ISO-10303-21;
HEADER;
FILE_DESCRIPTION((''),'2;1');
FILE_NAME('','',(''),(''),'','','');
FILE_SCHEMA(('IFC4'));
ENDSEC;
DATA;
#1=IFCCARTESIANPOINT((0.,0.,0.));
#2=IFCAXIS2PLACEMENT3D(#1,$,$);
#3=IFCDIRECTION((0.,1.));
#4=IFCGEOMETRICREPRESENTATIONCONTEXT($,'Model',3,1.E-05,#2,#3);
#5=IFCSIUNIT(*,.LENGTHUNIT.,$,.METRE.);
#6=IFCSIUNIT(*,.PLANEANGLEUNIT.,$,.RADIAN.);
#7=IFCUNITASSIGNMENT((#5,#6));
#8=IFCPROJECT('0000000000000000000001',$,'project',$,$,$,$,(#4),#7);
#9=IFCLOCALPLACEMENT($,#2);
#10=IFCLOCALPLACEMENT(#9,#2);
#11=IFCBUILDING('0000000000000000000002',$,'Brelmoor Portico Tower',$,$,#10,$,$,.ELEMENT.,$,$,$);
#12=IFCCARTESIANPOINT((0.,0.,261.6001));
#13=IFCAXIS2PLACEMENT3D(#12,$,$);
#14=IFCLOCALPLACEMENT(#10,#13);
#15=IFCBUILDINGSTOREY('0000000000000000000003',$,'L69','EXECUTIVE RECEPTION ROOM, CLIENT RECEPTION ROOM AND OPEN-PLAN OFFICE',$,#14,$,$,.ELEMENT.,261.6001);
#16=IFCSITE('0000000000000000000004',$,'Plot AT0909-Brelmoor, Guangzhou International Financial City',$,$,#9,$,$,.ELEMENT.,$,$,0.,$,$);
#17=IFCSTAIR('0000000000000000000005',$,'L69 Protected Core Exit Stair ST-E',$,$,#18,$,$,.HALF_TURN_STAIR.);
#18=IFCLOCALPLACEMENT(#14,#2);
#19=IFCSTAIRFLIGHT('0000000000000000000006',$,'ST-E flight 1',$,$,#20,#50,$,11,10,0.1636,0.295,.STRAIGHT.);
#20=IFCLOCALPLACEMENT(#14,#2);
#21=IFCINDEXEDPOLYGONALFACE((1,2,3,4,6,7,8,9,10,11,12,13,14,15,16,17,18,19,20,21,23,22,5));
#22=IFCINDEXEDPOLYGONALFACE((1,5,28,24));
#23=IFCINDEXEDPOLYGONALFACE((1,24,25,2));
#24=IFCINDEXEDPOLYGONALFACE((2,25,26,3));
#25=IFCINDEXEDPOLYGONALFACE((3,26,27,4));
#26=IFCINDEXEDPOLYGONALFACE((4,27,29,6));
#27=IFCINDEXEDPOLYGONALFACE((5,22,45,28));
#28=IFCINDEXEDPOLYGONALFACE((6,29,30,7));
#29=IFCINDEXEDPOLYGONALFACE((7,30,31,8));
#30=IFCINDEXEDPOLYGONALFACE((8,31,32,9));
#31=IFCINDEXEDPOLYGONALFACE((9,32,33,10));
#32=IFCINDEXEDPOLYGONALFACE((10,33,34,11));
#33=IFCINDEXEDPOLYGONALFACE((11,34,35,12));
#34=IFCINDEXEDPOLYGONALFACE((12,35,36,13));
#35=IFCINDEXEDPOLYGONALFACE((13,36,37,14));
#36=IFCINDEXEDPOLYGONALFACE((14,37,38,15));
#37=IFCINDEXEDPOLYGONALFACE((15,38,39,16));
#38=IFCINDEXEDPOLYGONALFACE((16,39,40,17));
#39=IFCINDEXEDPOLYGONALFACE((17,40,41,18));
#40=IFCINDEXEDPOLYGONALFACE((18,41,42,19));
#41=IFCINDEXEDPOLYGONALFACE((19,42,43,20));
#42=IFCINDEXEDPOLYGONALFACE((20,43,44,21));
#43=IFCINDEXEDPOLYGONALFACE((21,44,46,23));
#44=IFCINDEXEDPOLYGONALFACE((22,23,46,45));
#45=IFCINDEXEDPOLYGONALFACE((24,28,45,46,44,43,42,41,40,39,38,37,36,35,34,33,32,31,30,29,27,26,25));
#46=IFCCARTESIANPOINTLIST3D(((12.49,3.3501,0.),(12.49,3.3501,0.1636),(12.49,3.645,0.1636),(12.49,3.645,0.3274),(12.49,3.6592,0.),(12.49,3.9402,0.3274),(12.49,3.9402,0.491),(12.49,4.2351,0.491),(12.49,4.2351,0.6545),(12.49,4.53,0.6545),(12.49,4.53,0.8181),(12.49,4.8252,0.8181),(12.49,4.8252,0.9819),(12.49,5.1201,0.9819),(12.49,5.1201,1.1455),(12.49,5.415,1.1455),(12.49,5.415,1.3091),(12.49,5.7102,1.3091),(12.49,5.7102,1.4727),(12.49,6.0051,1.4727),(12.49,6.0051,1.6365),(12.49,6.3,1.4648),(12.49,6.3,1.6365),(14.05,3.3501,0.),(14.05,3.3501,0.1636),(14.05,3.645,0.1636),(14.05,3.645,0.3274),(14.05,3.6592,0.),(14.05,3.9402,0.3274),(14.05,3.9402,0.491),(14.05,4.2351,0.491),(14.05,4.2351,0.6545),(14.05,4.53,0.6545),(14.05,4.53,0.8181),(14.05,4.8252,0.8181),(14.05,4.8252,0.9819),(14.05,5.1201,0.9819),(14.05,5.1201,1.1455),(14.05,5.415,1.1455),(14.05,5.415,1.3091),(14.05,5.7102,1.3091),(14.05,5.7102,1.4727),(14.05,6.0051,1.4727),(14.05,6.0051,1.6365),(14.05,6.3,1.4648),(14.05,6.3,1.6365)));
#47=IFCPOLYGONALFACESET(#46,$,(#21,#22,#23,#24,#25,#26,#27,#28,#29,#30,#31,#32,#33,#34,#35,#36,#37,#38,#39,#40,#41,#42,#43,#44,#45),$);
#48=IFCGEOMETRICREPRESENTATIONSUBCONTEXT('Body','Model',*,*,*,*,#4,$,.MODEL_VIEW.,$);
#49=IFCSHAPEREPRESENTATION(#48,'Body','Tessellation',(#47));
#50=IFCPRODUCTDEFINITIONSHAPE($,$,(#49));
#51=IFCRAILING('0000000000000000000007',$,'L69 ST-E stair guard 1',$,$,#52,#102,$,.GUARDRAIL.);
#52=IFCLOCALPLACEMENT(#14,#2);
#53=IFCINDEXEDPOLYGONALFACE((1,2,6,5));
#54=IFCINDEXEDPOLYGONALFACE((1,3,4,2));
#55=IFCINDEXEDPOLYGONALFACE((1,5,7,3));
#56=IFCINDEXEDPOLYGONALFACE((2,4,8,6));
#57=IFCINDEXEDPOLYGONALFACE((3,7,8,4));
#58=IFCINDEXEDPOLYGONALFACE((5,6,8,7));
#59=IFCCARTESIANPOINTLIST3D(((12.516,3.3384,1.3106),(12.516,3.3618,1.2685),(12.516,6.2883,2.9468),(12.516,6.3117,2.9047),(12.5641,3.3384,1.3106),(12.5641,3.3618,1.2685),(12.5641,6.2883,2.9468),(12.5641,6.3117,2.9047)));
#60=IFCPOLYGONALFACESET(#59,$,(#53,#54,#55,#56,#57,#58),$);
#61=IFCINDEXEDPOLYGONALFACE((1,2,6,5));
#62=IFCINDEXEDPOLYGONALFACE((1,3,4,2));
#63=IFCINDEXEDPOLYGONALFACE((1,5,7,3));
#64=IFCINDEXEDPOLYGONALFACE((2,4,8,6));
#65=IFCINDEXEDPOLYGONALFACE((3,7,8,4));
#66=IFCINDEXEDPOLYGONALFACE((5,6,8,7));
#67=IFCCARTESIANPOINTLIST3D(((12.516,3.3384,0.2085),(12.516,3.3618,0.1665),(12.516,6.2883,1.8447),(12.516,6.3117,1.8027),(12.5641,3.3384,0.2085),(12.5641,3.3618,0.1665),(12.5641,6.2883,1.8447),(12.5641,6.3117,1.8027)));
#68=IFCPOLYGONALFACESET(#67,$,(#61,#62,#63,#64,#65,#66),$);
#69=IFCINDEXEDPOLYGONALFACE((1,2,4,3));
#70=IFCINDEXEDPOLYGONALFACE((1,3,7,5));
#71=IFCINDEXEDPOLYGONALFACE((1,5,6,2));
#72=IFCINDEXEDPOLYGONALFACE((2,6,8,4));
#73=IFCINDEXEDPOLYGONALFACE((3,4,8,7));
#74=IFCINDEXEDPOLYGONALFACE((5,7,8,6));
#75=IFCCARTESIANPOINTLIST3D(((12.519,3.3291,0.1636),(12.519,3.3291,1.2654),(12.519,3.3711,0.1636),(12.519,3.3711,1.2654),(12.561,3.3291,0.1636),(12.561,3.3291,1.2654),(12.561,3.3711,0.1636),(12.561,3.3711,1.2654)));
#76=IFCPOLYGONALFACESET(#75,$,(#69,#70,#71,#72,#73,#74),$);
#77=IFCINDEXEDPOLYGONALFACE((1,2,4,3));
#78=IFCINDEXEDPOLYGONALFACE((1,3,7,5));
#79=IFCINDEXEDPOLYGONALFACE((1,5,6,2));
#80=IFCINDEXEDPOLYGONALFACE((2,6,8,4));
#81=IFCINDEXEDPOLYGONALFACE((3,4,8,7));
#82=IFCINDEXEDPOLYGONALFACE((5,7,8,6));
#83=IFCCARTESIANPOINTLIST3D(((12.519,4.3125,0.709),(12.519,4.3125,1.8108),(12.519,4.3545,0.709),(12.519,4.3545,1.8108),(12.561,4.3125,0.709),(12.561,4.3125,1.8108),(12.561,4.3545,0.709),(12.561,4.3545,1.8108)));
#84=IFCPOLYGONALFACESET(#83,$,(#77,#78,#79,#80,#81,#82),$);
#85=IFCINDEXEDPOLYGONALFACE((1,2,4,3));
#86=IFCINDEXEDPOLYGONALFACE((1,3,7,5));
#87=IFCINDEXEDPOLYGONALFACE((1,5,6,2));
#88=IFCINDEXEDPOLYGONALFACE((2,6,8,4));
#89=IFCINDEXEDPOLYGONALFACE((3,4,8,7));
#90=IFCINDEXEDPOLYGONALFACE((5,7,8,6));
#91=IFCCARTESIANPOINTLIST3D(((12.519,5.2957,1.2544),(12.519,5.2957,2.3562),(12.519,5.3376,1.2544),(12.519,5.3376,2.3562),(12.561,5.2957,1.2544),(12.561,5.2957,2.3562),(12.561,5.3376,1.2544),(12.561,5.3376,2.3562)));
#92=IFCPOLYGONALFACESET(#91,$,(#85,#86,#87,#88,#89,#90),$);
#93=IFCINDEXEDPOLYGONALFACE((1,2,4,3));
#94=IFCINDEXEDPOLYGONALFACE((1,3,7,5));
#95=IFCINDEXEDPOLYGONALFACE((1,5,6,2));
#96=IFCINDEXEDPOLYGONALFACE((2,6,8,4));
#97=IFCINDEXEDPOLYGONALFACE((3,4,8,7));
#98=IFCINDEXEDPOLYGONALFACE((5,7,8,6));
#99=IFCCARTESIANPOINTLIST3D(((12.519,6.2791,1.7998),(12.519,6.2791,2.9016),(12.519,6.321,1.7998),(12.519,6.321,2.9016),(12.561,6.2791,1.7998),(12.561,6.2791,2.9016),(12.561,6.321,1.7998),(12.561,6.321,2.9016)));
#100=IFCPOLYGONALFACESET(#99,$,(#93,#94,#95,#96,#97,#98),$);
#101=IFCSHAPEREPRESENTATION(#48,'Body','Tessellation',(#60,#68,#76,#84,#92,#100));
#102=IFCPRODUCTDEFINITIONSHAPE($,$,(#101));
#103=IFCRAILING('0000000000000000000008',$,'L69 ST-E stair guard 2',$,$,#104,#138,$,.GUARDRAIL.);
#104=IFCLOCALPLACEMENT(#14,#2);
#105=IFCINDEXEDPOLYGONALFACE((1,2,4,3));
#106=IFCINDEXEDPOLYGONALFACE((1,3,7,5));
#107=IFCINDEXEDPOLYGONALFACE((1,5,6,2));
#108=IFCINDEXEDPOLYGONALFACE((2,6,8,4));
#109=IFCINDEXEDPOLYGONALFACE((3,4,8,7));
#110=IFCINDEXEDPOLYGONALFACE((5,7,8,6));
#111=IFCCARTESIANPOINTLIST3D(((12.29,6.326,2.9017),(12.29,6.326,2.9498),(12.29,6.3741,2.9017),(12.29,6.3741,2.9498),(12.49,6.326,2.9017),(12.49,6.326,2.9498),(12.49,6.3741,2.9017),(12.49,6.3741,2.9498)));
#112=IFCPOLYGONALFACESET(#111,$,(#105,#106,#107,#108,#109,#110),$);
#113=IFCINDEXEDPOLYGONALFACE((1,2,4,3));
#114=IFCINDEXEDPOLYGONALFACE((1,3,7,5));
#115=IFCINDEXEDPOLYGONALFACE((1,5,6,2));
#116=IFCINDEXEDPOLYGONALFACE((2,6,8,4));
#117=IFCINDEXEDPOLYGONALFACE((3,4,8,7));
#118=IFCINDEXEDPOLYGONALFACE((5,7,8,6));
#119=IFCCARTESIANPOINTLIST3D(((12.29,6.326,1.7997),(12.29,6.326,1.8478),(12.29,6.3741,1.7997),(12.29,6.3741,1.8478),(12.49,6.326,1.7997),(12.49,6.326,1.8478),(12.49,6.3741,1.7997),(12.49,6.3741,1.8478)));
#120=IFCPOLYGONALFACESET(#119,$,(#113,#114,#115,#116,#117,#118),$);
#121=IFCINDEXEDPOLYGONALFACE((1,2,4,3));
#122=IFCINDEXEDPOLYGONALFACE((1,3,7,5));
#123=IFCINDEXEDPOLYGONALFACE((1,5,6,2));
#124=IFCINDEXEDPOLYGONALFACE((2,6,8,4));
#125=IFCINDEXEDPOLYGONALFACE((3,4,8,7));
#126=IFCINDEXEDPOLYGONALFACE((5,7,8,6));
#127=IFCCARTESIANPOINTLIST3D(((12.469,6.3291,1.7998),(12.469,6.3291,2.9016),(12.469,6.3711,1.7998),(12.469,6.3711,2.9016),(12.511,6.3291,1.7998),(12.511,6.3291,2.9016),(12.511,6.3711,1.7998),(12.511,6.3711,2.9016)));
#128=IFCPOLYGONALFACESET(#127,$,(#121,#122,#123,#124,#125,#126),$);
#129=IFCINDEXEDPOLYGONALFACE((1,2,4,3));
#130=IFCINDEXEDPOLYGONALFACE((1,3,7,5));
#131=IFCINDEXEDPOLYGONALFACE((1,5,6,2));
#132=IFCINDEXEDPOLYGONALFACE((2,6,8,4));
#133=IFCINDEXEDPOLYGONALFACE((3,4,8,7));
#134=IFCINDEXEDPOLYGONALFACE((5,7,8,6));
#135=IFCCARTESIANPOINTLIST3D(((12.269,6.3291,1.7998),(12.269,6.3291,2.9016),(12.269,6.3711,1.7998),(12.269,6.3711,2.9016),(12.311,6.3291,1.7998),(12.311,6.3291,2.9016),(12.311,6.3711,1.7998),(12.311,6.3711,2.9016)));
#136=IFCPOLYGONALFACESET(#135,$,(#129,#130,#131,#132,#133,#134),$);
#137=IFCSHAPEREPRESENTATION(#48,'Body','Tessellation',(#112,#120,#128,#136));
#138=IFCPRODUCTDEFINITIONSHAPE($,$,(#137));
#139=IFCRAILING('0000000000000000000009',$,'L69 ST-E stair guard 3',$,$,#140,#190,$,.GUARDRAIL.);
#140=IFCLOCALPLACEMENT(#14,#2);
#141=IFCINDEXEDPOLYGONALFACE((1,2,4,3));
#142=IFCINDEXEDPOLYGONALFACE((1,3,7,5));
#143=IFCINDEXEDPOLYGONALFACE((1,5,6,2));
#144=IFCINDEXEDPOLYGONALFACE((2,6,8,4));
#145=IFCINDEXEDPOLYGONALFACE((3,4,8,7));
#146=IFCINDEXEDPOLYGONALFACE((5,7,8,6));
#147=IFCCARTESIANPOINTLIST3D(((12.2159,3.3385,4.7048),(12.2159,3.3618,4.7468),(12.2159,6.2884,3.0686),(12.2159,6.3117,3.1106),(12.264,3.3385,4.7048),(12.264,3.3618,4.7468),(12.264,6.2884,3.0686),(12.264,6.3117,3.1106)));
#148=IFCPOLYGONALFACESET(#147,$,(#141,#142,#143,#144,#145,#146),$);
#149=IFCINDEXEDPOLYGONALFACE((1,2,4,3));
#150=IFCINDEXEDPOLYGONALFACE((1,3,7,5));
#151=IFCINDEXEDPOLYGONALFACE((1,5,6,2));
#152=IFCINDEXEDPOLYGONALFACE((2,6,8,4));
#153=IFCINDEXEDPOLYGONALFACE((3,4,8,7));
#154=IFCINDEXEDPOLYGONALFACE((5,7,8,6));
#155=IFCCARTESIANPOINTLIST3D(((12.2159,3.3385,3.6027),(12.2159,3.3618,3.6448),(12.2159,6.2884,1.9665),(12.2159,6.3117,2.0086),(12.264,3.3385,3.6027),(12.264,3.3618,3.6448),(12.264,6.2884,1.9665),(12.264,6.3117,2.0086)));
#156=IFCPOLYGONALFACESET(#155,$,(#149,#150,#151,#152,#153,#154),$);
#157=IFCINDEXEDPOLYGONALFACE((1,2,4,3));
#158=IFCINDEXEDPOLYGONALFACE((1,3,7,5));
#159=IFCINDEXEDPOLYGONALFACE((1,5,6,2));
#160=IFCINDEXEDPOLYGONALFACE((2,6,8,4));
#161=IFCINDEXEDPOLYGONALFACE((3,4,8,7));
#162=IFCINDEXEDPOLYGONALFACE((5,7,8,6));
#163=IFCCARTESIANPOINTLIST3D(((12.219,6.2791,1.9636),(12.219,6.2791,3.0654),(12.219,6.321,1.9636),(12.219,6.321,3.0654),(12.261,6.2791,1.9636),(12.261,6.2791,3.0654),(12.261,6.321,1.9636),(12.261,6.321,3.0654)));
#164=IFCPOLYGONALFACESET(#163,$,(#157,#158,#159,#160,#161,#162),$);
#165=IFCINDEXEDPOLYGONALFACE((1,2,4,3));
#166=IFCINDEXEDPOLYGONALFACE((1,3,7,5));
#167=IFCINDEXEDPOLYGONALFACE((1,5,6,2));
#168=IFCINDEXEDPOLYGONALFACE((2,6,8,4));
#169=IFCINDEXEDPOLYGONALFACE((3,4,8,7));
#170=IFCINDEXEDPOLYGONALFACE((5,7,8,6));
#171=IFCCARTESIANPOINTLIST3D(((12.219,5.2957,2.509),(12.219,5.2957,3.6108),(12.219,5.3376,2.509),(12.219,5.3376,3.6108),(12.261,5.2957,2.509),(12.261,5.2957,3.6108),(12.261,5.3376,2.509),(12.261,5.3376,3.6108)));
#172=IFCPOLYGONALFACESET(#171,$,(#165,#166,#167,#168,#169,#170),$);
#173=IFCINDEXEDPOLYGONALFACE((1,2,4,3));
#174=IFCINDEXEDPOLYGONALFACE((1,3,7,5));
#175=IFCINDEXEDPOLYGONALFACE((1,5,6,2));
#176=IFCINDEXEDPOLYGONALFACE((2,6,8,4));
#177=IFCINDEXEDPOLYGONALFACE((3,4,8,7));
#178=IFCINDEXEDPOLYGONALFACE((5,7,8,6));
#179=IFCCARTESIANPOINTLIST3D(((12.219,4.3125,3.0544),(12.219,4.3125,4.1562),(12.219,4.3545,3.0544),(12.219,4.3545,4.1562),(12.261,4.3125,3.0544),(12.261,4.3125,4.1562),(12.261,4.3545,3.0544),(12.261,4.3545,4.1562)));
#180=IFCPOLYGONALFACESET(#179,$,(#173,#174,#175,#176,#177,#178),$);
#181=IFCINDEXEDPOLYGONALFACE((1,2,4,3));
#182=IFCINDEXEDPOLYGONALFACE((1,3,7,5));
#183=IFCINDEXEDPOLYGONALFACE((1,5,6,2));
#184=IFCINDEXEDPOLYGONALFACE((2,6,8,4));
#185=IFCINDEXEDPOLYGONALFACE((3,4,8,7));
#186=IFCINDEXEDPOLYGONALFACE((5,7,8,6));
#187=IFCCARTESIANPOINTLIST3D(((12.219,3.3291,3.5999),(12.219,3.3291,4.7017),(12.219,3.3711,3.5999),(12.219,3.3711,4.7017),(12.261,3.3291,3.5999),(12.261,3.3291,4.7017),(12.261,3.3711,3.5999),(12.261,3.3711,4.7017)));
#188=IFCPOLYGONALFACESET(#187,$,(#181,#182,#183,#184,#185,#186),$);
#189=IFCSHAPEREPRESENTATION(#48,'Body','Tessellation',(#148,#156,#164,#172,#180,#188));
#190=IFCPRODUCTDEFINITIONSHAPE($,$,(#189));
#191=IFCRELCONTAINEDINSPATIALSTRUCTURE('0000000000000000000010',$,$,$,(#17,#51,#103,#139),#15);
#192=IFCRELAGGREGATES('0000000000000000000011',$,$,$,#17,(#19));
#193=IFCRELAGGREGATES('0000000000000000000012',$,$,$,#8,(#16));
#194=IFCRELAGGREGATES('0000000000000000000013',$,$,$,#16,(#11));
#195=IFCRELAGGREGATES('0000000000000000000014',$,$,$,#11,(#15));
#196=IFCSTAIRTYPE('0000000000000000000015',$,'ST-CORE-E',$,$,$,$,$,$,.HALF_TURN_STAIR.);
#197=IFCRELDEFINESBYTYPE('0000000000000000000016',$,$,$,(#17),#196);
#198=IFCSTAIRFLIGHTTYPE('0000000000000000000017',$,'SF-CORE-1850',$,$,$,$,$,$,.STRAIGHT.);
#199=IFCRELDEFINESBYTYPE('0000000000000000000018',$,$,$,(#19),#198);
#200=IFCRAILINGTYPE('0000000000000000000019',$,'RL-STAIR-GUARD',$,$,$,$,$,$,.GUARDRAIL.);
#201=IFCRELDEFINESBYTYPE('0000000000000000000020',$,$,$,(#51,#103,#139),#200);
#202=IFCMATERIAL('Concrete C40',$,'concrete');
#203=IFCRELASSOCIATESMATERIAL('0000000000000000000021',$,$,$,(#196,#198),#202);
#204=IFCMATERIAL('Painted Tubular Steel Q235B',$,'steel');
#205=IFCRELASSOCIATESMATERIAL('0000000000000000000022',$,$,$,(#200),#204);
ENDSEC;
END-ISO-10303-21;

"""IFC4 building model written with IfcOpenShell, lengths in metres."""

from ifc_helpers import new_model, si_unit, direction, frame, origin, origin_2d, place, context, subcontext, project, spatial, polyline, rectangle, outline, extrude, material, type_object, element, aggregate, save


model = new_model("IFC4")

# Units and contexts
model_context = context("Model", 3, precision=1e-05, world=origin(), true_north=direction((0.0, 1.0)))
body_context = subcontext(model_context, "Body", "Model", "MODEL_VIEW")
ifc_project = project(units=[si_unit("LENGTHUNIT", "METRE"), si_unit("PLANEANGLEUNIT", "RADIAN")], contexts=[model_context])

# Site, building, storey
site_placement = place(None, origin())
site = spatial("IfcSite", under=ifc_project, at=site_placement, Name="Plot AT0909-Brelmoor, Guangzhou International Financial City", CompositionType="ELEMENT", RefElevation=0.0)
building_placement = place(site_placement, origin())
building = spatial("IfcBuilding", under=site, at=building_placement, Name="Brelmoor Portico Tower", CompositionType="ELEMENT")
storey_placement = place(building_placement, frame((0.0, 0.0, 261.6001)))
storey = spatial("IfcBuildingStorey", under=building, at=storey_placement, Name="L69", Description="EXECUTIVE RECEPTION ROOM, CLIENT RECEPTION ROOM AND OPEN-PLAN OFFICE", CompositionType="ELEMENT", Elevation=261.6001)

# Shared definitions
ifc_material_1 = material(Name="Concrete C40", Category="concrete")

# Stair, stair flight
stair_type = type_object("IfcStairType", Name="ST-CORE-E", PredefinedType="HALF_TURN_STAIR", material=ifc_material_1)
stair_placement = place(storey_placement, origin())
stair = element("IfcStair", 1, at=stair_placement, inside=storey, type_object=stair_type, Name="L69 Protected Core Exit Stair ST-E", PredefinedType="HALF_TURN_STAIR")
stair_flight_type = type_object("IfcStairFlightType", Name="SF-CORE-1850", PredefinedType="STRAIGHT", material=ifc_material_1)
stair_flight_placement = place(storey_placement, frame((13.27, 3.3501, 0.0), z_axis=(0.0, 0.0, 1.0), x_axis=(0.0, 1.0, 0.0)))
stair_flight = element("IfcStairFlight", 2, at=stair_flight_placement, type_object=stair_flight_type, Name="ST-E flight 1", NumberOfRisers=11, NumberOfTreads=10, PredefinedType="STRAIGHT", RiserHeight=0.1636, TreadLength=0.295, context=body_context, shape_type="SweptSolid", body=[
    extrude(outline(polyline([(0.0, 0.0), (0.0, 0.1636), (0.2949, 0.1636), (0.2949, 0.3274), (0.5901, 0.3274), (0.5901, 0.491), (0.885, 0.491), (0.885, 0.6545), (1.1799, 0.6545), (1.1799, 0.8181), (1.4751, 0.8181), (1.4751, 0.9819), (1.77, 0.9819), (1.77, 1.1455), (2.0649, 1.1455), (2.0649, 1.3091), (2.3601, 1.3091), (2.3601, 1.4727), (2.655, 1.4727), (2.655, 1.6365), (2.95, 1.6365), (2.95, 1.8), (2.95, 1.4648), (0.3091, 0.0), (0.0, 0.0)])), frame((0.0, 0.78, 0.0), z_axis=(0.0, -1.0, 0.0), x_axis=(1.0, 0.0, 0.0)), (0.0, 0.0, 1.0), 1.5601),
])
aggregate(stair, [stair_flight])

# Railings
ifc_material_2 = material(Name="Painted Tubular Steel Q235B", Category="steel")
railing_type_1 = type_object("IfcRailingType", Name="RL-STAIR-GUARD", PredefinedType="GUARDRAIL", material=ifc_material_2)
railing_1_placement = place(storey_placement, frame((12.54, 3.3501, 0.1636)))
element("IfcRailing", 3, at=railing_1_placement, inside=storey, type_object=railing_type_1, Name="L69 ST-E stair guard 1", PredefinedType="GUARDRAIL", context=body_context, shape_type="SweptSolid", body=[
    extrude(rectangle(XDim=0.0481, YDim=0.0481, at=origin_2d()), frame((0.0, 0.0, 1.126), z_axis=(0.0, 0.874488, 0.485047), x_axis=(-1.0, 0.0, 0.0)), (0.0, 0.0, 1.0), 3.3733),
    extrude(rectangle(XDim=0.0481, YDim=0.0481, at=origin_2d()), frame((0.0, 0.0, 0.0239), z_axis=(0.0, 0.874488, 0.485047), x_axis=(-1.0, 0.0, 0.0)), (0.0, 0.0, 1.0), 3.3733),
    extrude(rectangle(XDim=0.042, YDim=0.042, at=origin_2d()), origin(), (0.0, 0.0, 1.0), 1.1018),
    extrude(rectangle(XDim=0.042, YDim=0.042, at=origin_2d()), frame((0.0, 0.9834, 0.5454)), (0.0, 0.0, 1.0), 1.1018),
    extrude(rectangle(XDim=0.042, YDim=0.042, at=origin_2d()), frame((0.0, 1.9666, 1.0908)), (0.0, 0.0, 1.0), 1.1018),
    extrude(rectangle(XDim=0.042, YDim=0.042, at=origin_2d()), frame((0.0, 2.95, 1.6362)), (0.0, 0.0, 1.0), 1.1018),
])
railing_2_placement = place(storey_placement, frame((12.49, 6.3501, 1.7998)))
element("IfcRailing", 4, at=railing_2_placement, inside=storey, type_object=railing_type_1, Name="L69 ST-E stair guard 2", PredefinedType="GUARDRAIL", context=body_context, shape_type="SweptSolid", body=[
    extrude(rectangle(XDim=0.0481, YDim=0.0481, at=origin_2d()), frame((0.0, 0.0, 1.126), z_axis=(-1.0, 0.0, 0.0), x_axis=(0.0, -1.0, 0.0)), (0.0, 0.0, 1.0), 0.2),
    extrude(rectangle(XDim=0.0481, YDim=0.0481, at=origin_2d()), frame((0.0, 0.0, 0.0239), z_axis=(-1.0, 0.0, 0.0), x_axis=(0.0, -1.0, 0.0)), (0.0, 0.0, 1.0), 0.2),
    extrude(rectangle(XDim=0.042, YDim=0.042, at=origin_2d()), origin(), (0.0, 0.0, 1.0), 1.1018),
    extrude(rectangle(XDim=0.042, YDim=0.042, at=origin_2d()), frame((-0.2, 0.0, 0.0)), (0.0, 0.0, 1.0), 1.1018),
])
railing_3_placement = place(storey_placement, frame((12.24, 6.3, 1.9636)))
element("IfcRailing", 5, at=railing_3_placement, inside=storey, type_object=railing_type_1, Name="L69 ST-E stair guard 3", PredefinedType="GUARDRAIL", context=body_context, shape_type="SweptSolid", body=[
    extrude(rectangle(XDim=0.0481, YDim=0.0481, at=origin_2d()), frame((0.0, 0.0, 1.126), z_axis=(0.0, -0.874488, 0.485047), x_axis=(1.0, 0.0, 0.0)), (0.0, 0.0, 1.0), 3.3733),
    extrude(rectangle(XDim=0.0481, YDim=0.0481, at=origin_2d()), frame((0.0, 0.0, 0.0239), z_axis=(0.0, -0.874488, 0.485047), x_axis=(1.0, 0.0, 0.0)), (0.0, 0.0, 1.0), 3.3733),
    extrude(rectangle(XDim=0.042, YDim=0.042, at=origin_2d()), origin(), (0.0, 0.0, 1.0), 1.1018),
    extrude(rectangle(XDim=0.042, YDim=0.042, at=origin_2d()), frame((0.0, -0.9834, 0.5454)), (0.0, 0.0, 1.0), 1.1018),
    extrude(rectangle(XDim=0.042, YDim=0.042, at=origin_2d()), frame((0.0, -1.9666, 1.0908)), (0.0, 0.0, 1.0), 1.1018),
    extrude(rectangle(XDim=0.042, YDim=0.042, at=origin_2d()), frame((0.0, -2.95, 1.6362)), (0.0, 0.0, 1.0), 1.1018),
])

save(model, "model.ifc")
